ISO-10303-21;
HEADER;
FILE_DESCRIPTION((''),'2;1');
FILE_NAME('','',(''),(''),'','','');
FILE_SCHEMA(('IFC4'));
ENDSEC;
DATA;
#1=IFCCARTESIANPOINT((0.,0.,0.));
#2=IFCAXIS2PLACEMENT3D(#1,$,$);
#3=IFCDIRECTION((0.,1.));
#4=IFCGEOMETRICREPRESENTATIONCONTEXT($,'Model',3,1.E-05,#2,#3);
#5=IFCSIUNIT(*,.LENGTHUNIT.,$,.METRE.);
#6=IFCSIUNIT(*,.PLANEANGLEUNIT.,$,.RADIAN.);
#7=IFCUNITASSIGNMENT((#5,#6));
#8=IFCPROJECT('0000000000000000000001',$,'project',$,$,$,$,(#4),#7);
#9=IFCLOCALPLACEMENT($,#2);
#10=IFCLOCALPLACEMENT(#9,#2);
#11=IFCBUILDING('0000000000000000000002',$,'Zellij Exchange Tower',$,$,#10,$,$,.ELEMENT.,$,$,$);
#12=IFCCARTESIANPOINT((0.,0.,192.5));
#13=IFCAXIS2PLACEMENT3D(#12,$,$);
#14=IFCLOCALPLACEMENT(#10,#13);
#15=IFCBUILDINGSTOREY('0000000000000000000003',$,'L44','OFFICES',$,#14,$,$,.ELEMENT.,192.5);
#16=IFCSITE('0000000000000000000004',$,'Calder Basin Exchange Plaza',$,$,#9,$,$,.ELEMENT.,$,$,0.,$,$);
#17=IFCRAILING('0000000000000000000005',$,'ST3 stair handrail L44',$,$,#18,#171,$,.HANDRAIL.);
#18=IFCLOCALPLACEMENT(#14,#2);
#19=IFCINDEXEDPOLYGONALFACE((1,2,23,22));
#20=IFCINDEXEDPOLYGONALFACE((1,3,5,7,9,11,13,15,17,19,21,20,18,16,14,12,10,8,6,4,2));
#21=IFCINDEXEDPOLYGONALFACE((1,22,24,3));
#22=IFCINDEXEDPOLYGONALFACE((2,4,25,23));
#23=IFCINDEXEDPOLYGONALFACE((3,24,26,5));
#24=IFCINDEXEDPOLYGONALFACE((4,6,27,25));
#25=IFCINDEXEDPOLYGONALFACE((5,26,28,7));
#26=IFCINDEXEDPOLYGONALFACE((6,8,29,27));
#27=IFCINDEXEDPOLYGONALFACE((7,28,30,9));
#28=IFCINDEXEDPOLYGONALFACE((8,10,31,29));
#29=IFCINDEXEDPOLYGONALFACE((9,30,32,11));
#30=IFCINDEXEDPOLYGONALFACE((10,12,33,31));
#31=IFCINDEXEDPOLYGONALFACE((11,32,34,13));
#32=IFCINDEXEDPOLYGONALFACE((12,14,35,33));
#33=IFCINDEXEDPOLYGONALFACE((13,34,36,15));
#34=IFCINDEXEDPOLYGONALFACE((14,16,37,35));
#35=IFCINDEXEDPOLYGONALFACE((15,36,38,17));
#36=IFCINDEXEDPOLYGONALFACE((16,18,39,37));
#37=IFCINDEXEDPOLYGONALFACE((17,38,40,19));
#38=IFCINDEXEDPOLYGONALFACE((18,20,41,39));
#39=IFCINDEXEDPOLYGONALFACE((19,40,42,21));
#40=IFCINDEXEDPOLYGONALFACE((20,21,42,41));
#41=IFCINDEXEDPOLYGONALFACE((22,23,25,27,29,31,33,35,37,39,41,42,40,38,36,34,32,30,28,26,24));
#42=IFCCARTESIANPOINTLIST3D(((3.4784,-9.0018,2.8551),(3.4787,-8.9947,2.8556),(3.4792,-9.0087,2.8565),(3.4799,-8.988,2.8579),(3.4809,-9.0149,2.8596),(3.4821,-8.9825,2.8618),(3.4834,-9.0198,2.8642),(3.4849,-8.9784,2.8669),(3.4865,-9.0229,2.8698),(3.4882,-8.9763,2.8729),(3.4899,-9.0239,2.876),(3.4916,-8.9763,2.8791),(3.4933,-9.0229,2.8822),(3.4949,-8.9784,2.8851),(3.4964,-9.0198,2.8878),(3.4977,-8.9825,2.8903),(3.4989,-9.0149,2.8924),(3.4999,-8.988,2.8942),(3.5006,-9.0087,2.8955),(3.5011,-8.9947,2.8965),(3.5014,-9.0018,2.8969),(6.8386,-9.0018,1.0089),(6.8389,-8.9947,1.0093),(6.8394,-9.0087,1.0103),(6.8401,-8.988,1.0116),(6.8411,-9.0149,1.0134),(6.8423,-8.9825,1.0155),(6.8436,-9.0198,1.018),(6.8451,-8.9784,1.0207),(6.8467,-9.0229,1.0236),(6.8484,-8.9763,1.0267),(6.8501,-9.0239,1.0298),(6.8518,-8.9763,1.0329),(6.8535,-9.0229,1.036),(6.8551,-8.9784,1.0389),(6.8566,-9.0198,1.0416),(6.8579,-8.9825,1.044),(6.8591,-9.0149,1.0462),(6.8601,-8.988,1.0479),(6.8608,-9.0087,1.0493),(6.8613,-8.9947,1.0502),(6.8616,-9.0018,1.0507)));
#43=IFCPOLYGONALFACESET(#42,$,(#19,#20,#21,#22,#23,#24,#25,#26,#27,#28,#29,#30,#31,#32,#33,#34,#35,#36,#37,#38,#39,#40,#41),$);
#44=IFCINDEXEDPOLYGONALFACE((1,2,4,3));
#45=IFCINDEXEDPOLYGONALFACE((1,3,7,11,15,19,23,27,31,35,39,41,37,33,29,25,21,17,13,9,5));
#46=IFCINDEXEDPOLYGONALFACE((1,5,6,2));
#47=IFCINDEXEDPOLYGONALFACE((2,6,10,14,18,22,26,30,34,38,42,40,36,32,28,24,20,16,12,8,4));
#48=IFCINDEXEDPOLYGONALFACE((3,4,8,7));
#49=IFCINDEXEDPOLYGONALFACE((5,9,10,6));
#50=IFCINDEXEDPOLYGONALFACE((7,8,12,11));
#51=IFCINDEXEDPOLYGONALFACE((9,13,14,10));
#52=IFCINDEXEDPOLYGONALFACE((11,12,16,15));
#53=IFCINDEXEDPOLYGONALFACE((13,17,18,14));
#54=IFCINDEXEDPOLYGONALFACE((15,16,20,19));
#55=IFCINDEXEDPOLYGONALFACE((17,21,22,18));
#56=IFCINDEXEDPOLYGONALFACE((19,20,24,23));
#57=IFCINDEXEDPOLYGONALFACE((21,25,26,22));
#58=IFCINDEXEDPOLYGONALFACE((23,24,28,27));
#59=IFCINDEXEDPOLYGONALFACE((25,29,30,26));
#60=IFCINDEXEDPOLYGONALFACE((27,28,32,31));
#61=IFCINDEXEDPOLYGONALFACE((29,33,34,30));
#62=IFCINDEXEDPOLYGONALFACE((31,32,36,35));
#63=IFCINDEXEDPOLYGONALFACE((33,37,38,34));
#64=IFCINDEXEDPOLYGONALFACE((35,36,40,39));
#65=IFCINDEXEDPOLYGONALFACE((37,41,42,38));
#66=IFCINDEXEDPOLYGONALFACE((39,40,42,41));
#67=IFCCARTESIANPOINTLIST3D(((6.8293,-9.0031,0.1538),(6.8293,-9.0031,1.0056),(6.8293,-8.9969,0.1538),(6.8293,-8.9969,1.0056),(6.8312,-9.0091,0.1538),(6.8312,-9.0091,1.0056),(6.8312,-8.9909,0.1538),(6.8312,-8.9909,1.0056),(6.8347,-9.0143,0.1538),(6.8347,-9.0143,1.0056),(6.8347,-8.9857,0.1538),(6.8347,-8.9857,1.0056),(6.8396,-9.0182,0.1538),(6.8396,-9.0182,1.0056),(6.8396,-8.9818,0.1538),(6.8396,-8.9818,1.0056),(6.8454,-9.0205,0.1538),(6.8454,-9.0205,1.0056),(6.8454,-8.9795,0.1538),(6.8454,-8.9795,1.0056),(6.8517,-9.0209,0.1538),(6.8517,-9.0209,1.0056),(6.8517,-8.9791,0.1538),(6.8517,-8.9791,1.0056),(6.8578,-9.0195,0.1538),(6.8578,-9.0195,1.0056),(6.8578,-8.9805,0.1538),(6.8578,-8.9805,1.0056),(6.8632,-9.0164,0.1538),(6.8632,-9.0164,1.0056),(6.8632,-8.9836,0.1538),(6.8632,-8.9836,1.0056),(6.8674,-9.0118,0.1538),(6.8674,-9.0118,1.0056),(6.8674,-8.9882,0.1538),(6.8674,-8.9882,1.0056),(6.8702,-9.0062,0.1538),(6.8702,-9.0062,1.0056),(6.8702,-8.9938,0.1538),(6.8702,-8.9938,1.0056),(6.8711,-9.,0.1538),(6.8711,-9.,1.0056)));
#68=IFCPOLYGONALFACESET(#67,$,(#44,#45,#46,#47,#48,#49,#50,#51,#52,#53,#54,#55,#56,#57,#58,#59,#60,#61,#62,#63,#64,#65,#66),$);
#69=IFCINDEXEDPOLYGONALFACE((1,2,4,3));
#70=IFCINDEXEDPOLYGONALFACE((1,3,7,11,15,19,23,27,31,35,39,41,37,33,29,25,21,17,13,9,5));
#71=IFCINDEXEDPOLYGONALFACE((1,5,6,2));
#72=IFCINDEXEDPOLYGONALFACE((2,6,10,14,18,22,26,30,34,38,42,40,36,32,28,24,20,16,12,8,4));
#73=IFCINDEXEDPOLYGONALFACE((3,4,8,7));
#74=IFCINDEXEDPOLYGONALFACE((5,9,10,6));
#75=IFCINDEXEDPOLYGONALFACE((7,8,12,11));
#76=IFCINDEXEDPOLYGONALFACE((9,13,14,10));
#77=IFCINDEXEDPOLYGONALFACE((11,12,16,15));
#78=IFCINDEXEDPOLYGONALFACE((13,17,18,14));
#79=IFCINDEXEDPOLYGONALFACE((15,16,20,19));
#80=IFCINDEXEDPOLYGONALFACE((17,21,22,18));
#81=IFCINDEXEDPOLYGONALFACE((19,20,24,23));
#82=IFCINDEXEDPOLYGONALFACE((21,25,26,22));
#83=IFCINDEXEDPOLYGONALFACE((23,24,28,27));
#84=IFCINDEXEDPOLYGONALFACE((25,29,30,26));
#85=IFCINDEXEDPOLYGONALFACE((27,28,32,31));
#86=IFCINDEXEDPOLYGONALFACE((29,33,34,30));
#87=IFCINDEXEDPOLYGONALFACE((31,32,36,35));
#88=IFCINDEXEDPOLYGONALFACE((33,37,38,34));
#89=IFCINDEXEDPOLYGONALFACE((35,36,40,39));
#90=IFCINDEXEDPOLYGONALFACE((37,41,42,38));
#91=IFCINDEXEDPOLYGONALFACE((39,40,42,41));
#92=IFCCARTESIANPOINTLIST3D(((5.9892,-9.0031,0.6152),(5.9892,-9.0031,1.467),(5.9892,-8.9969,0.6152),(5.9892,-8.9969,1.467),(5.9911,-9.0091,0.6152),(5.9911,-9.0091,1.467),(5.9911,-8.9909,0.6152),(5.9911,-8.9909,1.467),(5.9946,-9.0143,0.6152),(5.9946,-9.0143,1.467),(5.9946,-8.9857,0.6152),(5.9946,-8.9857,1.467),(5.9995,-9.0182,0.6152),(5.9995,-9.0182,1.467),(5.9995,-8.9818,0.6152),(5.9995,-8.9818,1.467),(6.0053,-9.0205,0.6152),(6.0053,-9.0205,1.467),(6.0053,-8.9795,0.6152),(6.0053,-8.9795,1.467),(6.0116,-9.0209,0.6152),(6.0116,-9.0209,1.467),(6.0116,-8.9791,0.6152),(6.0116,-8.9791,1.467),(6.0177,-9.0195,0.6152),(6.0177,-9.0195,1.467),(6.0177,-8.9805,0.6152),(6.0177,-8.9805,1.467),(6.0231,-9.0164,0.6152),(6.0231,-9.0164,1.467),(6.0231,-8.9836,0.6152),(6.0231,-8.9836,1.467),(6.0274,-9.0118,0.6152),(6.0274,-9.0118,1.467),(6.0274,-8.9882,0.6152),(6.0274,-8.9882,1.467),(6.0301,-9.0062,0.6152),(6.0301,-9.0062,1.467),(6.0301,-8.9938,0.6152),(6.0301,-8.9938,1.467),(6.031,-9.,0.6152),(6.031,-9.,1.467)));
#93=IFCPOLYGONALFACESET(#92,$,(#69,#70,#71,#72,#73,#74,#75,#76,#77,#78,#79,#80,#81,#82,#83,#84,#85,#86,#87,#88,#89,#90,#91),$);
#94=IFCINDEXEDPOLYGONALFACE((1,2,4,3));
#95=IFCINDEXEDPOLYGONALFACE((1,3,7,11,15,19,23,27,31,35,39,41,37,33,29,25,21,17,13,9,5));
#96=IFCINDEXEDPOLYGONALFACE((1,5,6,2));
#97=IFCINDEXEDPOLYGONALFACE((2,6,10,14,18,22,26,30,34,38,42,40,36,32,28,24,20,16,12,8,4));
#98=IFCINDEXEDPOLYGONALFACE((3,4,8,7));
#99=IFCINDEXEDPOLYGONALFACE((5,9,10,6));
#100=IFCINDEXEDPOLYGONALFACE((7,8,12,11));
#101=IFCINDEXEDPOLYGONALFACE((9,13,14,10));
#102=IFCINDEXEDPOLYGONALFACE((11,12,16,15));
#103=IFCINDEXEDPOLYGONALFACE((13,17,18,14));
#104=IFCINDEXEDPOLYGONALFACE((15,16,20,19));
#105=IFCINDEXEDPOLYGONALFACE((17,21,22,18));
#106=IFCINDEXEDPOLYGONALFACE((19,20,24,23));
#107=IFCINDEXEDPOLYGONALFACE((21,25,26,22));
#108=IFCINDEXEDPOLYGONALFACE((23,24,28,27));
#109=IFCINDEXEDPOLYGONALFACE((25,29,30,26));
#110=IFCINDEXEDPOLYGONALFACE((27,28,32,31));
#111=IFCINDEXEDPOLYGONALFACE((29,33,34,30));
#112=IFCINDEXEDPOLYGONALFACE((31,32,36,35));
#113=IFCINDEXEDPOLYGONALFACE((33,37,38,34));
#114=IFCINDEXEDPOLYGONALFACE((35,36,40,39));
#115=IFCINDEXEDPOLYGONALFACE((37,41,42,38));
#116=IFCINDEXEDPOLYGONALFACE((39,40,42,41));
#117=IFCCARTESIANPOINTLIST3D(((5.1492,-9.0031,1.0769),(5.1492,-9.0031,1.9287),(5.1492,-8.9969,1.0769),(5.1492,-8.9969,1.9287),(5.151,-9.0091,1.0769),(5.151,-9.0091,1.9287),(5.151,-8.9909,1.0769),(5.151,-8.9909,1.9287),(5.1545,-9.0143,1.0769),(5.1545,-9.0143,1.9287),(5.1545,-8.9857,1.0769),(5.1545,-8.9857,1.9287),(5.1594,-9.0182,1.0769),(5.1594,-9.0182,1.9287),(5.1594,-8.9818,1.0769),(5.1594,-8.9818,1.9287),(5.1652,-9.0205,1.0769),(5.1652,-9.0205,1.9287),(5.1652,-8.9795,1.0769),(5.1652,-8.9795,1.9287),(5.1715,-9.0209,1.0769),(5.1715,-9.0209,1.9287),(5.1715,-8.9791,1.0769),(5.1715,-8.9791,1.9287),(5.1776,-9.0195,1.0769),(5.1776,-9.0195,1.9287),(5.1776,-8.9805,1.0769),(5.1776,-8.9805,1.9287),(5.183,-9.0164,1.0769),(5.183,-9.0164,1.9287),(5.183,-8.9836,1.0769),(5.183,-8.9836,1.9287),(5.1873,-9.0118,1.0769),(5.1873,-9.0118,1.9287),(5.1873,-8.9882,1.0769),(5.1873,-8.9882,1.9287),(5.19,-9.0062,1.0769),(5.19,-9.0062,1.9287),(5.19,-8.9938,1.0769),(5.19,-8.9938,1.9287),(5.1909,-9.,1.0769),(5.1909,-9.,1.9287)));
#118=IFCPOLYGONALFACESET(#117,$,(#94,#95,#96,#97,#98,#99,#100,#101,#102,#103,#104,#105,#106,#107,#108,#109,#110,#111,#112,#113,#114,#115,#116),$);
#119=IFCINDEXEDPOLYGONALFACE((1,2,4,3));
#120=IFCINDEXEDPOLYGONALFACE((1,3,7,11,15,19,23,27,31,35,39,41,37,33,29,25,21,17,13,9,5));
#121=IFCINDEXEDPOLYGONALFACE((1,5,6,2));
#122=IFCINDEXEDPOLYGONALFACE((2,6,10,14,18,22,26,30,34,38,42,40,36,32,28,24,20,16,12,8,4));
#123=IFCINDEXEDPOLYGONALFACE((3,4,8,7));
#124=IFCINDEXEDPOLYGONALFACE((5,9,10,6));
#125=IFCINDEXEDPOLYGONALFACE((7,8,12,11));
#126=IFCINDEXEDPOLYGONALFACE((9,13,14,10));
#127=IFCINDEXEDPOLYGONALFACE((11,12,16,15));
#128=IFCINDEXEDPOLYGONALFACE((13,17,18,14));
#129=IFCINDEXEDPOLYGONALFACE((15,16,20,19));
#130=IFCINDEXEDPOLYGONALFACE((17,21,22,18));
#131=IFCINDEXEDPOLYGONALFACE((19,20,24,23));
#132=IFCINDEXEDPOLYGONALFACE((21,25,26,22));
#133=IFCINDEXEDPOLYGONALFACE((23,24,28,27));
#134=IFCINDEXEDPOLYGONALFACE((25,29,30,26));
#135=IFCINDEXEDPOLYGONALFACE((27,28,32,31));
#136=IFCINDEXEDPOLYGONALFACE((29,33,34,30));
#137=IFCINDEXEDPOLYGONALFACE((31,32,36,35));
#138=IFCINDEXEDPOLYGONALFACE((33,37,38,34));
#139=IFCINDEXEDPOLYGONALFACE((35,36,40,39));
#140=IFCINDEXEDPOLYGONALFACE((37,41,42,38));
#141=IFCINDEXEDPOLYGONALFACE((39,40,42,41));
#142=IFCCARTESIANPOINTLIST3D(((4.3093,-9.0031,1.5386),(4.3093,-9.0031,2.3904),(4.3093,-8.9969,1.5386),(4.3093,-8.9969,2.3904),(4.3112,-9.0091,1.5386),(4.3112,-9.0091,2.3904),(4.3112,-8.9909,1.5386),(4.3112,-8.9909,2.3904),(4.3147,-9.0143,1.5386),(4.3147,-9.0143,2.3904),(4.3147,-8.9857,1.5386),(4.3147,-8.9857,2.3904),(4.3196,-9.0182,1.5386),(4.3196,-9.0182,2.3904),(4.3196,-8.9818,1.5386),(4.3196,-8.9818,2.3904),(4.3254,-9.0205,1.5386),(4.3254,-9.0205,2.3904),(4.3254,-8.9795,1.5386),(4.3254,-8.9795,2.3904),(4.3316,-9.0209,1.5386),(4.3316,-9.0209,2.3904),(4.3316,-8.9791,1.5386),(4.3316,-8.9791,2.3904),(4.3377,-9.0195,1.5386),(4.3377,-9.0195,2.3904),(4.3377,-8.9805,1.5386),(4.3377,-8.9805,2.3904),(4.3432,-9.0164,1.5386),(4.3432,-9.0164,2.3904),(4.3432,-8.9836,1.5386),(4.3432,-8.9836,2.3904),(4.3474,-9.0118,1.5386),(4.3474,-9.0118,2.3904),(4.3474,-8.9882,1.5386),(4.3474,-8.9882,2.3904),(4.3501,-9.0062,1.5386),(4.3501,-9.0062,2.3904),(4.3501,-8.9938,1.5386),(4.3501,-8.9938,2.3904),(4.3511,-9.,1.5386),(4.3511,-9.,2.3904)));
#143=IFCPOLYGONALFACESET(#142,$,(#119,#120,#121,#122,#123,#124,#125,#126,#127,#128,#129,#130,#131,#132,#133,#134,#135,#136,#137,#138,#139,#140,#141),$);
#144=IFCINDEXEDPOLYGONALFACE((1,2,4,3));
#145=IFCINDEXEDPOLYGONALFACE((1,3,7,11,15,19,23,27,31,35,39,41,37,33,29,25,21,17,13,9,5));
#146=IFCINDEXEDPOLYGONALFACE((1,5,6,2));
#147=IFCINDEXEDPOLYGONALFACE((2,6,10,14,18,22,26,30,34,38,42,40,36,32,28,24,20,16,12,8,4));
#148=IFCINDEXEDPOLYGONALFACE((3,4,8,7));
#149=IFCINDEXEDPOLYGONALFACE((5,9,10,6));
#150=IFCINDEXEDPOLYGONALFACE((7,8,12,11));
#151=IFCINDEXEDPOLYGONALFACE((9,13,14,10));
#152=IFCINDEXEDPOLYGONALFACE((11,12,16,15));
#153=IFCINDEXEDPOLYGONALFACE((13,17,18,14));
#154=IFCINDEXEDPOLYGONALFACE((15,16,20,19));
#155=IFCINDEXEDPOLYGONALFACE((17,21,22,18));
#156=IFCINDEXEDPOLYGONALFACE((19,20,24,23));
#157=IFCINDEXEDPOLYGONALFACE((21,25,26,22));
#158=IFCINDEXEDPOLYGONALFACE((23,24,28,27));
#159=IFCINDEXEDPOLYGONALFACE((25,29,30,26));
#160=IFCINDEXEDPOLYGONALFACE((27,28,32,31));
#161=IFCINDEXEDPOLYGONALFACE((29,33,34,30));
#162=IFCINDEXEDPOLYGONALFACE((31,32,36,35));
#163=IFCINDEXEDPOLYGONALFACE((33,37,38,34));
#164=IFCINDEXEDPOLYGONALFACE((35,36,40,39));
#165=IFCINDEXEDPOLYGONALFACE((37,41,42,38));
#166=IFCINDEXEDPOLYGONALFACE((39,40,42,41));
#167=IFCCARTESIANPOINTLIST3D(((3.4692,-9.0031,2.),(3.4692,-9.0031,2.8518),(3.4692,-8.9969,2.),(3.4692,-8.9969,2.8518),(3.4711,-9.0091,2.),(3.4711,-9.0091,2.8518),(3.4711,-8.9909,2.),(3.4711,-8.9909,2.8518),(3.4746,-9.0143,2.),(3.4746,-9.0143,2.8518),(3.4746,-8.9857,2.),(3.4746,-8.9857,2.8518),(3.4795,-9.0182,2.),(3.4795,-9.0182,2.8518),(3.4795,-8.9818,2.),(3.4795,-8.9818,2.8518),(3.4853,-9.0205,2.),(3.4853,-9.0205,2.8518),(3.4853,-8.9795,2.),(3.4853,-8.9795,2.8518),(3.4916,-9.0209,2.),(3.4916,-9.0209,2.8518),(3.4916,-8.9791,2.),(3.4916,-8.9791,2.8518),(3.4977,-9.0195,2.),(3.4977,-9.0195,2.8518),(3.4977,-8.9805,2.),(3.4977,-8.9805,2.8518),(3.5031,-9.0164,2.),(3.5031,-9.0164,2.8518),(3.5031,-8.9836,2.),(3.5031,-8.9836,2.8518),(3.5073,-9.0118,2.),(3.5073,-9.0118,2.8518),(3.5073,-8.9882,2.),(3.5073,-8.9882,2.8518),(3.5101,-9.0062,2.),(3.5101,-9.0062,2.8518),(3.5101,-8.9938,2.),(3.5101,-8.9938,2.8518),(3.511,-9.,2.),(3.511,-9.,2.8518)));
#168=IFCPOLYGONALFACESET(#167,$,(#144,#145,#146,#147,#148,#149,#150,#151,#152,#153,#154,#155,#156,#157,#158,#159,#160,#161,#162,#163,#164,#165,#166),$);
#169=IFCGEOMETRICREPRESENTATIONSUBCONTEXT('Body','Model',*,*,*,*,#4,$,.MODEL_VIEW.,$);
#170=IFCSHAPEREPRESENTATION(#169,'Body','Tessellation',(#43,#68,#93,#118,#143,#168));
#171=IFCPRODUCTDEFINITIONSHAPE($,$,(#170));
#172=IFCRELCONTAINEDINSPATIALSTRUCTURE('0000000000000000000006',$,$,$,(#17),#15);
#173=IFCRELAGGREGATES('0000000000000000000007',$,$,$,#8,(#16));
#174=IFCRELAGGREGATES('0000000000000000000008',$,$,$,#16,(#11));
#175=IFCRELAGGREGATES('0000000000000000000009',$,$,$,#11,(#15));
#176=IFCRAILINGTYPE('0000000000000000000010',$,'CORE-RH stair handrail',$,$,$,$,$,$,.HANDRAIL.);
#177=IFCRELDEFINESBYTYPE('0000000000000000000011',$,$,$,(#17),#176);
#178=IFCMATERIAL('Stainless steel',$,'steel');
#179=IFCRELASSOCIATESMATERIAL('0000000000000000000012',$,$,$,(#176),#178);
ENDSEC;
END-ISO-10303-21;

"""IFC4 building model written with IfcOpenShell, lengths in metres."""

from ifc_helpers import new_model, si_unit, direction, frame, origin, origin_2d, place, context, subcontext, project, spatial, circle, extrude, material, type_object, element, save


model = new_model("IFC4")

# Units and contexts
model_context = context("Model", 3, precision=1e-05, world=origin(), true_north=direction((0.0, 1.0)))
body_context = subcontext(model_context, "Body", "Model", "MODEL_VIEW")
ifc_project = project(units=[si_unit("LENGTHUNIT", "METRE"), si_unit("PLANEANGLEUNIT", "RADIAN")], contexts=[model_context])

# Site, building, storey
site_placement = place(None, origin())
site = spatial("IfcSite", under=ifc_project, at=site_placement, Name="Calder Basin Exchange Plaza", CompositionType="ELEMENT", RefElevation=0.0)
building_placement = place(site_placement, origin())
building = spatial("IfcBuilding", under=site, at=building_placement, Name="Zellij Exchange Tower", CompositionType="ELEMENT")
storey_placement = place(building_placement, frame((0.0, 0.0, 192.5)))
storey = spatial("IfcBuildingStorey", under=building, at=storey_placement, Name="L44", Description="OFFICES", CompositionType="ELEMENT", Elevation=192.5)

# Railing
ifc_material_1 = material(Name="Stainless steel", Category="steel")
railing_type_1 = type_object("IfcRailingType", Name="CORE-RH stair handrail", PredefinedType="HANDRAIL", material=ifc_material_1)
railing_1_placement = place(storey_placement, frame((6.8501, -9.0, 0.1538)))
element("IfcRailing", 1, at=railing_1_placement, inside=storey, type_object=railing_type_1, Name="ST3 stair handrail L44", PredefinedType="HANDRAIL", context=body_context, shape_type="SweptSolid", body=[
    extrude(circle(Radius=0.0239, at=origin_2d()), frame((0.0, 0.0, 0.876), z_axis=(-0.876422, 0.0, 0.481545), x_axis=(0.0, -1.0, 0.0)), (0.0, 0.0, 1.0), 3.834),
    extrude(circle(Radius=0.021, at=origin_2d()), origin(), (0.0, 0.0, 1.0), 0.8518),
    extrude(circle(Radius=0.021, at=origin_2d()), frame((-0.8401, 0.0, 0.4614)), (0.0, 0.0, 1.0), 0.8518),
    extrude(circle(Radius=0.021, at=origin_2d()), frame((-1.6802, 0.0, 0.9231)), (0.0, 0.0, 1.0), 0.8518),
    extrude(circle(Radius=0.021, at=origin_2d()), frame((-2.52, 0.0, 1.3848)), (0.0, 0.0, 1.0), 0.8518),
    extrude(circle(Radius=0.021, at=origin_2d()), frame((-3.3601, 0.0, 1.8462)), (0.0, 0.0, 1.0), 0.8518),
])

save(model, "model.ifc")
